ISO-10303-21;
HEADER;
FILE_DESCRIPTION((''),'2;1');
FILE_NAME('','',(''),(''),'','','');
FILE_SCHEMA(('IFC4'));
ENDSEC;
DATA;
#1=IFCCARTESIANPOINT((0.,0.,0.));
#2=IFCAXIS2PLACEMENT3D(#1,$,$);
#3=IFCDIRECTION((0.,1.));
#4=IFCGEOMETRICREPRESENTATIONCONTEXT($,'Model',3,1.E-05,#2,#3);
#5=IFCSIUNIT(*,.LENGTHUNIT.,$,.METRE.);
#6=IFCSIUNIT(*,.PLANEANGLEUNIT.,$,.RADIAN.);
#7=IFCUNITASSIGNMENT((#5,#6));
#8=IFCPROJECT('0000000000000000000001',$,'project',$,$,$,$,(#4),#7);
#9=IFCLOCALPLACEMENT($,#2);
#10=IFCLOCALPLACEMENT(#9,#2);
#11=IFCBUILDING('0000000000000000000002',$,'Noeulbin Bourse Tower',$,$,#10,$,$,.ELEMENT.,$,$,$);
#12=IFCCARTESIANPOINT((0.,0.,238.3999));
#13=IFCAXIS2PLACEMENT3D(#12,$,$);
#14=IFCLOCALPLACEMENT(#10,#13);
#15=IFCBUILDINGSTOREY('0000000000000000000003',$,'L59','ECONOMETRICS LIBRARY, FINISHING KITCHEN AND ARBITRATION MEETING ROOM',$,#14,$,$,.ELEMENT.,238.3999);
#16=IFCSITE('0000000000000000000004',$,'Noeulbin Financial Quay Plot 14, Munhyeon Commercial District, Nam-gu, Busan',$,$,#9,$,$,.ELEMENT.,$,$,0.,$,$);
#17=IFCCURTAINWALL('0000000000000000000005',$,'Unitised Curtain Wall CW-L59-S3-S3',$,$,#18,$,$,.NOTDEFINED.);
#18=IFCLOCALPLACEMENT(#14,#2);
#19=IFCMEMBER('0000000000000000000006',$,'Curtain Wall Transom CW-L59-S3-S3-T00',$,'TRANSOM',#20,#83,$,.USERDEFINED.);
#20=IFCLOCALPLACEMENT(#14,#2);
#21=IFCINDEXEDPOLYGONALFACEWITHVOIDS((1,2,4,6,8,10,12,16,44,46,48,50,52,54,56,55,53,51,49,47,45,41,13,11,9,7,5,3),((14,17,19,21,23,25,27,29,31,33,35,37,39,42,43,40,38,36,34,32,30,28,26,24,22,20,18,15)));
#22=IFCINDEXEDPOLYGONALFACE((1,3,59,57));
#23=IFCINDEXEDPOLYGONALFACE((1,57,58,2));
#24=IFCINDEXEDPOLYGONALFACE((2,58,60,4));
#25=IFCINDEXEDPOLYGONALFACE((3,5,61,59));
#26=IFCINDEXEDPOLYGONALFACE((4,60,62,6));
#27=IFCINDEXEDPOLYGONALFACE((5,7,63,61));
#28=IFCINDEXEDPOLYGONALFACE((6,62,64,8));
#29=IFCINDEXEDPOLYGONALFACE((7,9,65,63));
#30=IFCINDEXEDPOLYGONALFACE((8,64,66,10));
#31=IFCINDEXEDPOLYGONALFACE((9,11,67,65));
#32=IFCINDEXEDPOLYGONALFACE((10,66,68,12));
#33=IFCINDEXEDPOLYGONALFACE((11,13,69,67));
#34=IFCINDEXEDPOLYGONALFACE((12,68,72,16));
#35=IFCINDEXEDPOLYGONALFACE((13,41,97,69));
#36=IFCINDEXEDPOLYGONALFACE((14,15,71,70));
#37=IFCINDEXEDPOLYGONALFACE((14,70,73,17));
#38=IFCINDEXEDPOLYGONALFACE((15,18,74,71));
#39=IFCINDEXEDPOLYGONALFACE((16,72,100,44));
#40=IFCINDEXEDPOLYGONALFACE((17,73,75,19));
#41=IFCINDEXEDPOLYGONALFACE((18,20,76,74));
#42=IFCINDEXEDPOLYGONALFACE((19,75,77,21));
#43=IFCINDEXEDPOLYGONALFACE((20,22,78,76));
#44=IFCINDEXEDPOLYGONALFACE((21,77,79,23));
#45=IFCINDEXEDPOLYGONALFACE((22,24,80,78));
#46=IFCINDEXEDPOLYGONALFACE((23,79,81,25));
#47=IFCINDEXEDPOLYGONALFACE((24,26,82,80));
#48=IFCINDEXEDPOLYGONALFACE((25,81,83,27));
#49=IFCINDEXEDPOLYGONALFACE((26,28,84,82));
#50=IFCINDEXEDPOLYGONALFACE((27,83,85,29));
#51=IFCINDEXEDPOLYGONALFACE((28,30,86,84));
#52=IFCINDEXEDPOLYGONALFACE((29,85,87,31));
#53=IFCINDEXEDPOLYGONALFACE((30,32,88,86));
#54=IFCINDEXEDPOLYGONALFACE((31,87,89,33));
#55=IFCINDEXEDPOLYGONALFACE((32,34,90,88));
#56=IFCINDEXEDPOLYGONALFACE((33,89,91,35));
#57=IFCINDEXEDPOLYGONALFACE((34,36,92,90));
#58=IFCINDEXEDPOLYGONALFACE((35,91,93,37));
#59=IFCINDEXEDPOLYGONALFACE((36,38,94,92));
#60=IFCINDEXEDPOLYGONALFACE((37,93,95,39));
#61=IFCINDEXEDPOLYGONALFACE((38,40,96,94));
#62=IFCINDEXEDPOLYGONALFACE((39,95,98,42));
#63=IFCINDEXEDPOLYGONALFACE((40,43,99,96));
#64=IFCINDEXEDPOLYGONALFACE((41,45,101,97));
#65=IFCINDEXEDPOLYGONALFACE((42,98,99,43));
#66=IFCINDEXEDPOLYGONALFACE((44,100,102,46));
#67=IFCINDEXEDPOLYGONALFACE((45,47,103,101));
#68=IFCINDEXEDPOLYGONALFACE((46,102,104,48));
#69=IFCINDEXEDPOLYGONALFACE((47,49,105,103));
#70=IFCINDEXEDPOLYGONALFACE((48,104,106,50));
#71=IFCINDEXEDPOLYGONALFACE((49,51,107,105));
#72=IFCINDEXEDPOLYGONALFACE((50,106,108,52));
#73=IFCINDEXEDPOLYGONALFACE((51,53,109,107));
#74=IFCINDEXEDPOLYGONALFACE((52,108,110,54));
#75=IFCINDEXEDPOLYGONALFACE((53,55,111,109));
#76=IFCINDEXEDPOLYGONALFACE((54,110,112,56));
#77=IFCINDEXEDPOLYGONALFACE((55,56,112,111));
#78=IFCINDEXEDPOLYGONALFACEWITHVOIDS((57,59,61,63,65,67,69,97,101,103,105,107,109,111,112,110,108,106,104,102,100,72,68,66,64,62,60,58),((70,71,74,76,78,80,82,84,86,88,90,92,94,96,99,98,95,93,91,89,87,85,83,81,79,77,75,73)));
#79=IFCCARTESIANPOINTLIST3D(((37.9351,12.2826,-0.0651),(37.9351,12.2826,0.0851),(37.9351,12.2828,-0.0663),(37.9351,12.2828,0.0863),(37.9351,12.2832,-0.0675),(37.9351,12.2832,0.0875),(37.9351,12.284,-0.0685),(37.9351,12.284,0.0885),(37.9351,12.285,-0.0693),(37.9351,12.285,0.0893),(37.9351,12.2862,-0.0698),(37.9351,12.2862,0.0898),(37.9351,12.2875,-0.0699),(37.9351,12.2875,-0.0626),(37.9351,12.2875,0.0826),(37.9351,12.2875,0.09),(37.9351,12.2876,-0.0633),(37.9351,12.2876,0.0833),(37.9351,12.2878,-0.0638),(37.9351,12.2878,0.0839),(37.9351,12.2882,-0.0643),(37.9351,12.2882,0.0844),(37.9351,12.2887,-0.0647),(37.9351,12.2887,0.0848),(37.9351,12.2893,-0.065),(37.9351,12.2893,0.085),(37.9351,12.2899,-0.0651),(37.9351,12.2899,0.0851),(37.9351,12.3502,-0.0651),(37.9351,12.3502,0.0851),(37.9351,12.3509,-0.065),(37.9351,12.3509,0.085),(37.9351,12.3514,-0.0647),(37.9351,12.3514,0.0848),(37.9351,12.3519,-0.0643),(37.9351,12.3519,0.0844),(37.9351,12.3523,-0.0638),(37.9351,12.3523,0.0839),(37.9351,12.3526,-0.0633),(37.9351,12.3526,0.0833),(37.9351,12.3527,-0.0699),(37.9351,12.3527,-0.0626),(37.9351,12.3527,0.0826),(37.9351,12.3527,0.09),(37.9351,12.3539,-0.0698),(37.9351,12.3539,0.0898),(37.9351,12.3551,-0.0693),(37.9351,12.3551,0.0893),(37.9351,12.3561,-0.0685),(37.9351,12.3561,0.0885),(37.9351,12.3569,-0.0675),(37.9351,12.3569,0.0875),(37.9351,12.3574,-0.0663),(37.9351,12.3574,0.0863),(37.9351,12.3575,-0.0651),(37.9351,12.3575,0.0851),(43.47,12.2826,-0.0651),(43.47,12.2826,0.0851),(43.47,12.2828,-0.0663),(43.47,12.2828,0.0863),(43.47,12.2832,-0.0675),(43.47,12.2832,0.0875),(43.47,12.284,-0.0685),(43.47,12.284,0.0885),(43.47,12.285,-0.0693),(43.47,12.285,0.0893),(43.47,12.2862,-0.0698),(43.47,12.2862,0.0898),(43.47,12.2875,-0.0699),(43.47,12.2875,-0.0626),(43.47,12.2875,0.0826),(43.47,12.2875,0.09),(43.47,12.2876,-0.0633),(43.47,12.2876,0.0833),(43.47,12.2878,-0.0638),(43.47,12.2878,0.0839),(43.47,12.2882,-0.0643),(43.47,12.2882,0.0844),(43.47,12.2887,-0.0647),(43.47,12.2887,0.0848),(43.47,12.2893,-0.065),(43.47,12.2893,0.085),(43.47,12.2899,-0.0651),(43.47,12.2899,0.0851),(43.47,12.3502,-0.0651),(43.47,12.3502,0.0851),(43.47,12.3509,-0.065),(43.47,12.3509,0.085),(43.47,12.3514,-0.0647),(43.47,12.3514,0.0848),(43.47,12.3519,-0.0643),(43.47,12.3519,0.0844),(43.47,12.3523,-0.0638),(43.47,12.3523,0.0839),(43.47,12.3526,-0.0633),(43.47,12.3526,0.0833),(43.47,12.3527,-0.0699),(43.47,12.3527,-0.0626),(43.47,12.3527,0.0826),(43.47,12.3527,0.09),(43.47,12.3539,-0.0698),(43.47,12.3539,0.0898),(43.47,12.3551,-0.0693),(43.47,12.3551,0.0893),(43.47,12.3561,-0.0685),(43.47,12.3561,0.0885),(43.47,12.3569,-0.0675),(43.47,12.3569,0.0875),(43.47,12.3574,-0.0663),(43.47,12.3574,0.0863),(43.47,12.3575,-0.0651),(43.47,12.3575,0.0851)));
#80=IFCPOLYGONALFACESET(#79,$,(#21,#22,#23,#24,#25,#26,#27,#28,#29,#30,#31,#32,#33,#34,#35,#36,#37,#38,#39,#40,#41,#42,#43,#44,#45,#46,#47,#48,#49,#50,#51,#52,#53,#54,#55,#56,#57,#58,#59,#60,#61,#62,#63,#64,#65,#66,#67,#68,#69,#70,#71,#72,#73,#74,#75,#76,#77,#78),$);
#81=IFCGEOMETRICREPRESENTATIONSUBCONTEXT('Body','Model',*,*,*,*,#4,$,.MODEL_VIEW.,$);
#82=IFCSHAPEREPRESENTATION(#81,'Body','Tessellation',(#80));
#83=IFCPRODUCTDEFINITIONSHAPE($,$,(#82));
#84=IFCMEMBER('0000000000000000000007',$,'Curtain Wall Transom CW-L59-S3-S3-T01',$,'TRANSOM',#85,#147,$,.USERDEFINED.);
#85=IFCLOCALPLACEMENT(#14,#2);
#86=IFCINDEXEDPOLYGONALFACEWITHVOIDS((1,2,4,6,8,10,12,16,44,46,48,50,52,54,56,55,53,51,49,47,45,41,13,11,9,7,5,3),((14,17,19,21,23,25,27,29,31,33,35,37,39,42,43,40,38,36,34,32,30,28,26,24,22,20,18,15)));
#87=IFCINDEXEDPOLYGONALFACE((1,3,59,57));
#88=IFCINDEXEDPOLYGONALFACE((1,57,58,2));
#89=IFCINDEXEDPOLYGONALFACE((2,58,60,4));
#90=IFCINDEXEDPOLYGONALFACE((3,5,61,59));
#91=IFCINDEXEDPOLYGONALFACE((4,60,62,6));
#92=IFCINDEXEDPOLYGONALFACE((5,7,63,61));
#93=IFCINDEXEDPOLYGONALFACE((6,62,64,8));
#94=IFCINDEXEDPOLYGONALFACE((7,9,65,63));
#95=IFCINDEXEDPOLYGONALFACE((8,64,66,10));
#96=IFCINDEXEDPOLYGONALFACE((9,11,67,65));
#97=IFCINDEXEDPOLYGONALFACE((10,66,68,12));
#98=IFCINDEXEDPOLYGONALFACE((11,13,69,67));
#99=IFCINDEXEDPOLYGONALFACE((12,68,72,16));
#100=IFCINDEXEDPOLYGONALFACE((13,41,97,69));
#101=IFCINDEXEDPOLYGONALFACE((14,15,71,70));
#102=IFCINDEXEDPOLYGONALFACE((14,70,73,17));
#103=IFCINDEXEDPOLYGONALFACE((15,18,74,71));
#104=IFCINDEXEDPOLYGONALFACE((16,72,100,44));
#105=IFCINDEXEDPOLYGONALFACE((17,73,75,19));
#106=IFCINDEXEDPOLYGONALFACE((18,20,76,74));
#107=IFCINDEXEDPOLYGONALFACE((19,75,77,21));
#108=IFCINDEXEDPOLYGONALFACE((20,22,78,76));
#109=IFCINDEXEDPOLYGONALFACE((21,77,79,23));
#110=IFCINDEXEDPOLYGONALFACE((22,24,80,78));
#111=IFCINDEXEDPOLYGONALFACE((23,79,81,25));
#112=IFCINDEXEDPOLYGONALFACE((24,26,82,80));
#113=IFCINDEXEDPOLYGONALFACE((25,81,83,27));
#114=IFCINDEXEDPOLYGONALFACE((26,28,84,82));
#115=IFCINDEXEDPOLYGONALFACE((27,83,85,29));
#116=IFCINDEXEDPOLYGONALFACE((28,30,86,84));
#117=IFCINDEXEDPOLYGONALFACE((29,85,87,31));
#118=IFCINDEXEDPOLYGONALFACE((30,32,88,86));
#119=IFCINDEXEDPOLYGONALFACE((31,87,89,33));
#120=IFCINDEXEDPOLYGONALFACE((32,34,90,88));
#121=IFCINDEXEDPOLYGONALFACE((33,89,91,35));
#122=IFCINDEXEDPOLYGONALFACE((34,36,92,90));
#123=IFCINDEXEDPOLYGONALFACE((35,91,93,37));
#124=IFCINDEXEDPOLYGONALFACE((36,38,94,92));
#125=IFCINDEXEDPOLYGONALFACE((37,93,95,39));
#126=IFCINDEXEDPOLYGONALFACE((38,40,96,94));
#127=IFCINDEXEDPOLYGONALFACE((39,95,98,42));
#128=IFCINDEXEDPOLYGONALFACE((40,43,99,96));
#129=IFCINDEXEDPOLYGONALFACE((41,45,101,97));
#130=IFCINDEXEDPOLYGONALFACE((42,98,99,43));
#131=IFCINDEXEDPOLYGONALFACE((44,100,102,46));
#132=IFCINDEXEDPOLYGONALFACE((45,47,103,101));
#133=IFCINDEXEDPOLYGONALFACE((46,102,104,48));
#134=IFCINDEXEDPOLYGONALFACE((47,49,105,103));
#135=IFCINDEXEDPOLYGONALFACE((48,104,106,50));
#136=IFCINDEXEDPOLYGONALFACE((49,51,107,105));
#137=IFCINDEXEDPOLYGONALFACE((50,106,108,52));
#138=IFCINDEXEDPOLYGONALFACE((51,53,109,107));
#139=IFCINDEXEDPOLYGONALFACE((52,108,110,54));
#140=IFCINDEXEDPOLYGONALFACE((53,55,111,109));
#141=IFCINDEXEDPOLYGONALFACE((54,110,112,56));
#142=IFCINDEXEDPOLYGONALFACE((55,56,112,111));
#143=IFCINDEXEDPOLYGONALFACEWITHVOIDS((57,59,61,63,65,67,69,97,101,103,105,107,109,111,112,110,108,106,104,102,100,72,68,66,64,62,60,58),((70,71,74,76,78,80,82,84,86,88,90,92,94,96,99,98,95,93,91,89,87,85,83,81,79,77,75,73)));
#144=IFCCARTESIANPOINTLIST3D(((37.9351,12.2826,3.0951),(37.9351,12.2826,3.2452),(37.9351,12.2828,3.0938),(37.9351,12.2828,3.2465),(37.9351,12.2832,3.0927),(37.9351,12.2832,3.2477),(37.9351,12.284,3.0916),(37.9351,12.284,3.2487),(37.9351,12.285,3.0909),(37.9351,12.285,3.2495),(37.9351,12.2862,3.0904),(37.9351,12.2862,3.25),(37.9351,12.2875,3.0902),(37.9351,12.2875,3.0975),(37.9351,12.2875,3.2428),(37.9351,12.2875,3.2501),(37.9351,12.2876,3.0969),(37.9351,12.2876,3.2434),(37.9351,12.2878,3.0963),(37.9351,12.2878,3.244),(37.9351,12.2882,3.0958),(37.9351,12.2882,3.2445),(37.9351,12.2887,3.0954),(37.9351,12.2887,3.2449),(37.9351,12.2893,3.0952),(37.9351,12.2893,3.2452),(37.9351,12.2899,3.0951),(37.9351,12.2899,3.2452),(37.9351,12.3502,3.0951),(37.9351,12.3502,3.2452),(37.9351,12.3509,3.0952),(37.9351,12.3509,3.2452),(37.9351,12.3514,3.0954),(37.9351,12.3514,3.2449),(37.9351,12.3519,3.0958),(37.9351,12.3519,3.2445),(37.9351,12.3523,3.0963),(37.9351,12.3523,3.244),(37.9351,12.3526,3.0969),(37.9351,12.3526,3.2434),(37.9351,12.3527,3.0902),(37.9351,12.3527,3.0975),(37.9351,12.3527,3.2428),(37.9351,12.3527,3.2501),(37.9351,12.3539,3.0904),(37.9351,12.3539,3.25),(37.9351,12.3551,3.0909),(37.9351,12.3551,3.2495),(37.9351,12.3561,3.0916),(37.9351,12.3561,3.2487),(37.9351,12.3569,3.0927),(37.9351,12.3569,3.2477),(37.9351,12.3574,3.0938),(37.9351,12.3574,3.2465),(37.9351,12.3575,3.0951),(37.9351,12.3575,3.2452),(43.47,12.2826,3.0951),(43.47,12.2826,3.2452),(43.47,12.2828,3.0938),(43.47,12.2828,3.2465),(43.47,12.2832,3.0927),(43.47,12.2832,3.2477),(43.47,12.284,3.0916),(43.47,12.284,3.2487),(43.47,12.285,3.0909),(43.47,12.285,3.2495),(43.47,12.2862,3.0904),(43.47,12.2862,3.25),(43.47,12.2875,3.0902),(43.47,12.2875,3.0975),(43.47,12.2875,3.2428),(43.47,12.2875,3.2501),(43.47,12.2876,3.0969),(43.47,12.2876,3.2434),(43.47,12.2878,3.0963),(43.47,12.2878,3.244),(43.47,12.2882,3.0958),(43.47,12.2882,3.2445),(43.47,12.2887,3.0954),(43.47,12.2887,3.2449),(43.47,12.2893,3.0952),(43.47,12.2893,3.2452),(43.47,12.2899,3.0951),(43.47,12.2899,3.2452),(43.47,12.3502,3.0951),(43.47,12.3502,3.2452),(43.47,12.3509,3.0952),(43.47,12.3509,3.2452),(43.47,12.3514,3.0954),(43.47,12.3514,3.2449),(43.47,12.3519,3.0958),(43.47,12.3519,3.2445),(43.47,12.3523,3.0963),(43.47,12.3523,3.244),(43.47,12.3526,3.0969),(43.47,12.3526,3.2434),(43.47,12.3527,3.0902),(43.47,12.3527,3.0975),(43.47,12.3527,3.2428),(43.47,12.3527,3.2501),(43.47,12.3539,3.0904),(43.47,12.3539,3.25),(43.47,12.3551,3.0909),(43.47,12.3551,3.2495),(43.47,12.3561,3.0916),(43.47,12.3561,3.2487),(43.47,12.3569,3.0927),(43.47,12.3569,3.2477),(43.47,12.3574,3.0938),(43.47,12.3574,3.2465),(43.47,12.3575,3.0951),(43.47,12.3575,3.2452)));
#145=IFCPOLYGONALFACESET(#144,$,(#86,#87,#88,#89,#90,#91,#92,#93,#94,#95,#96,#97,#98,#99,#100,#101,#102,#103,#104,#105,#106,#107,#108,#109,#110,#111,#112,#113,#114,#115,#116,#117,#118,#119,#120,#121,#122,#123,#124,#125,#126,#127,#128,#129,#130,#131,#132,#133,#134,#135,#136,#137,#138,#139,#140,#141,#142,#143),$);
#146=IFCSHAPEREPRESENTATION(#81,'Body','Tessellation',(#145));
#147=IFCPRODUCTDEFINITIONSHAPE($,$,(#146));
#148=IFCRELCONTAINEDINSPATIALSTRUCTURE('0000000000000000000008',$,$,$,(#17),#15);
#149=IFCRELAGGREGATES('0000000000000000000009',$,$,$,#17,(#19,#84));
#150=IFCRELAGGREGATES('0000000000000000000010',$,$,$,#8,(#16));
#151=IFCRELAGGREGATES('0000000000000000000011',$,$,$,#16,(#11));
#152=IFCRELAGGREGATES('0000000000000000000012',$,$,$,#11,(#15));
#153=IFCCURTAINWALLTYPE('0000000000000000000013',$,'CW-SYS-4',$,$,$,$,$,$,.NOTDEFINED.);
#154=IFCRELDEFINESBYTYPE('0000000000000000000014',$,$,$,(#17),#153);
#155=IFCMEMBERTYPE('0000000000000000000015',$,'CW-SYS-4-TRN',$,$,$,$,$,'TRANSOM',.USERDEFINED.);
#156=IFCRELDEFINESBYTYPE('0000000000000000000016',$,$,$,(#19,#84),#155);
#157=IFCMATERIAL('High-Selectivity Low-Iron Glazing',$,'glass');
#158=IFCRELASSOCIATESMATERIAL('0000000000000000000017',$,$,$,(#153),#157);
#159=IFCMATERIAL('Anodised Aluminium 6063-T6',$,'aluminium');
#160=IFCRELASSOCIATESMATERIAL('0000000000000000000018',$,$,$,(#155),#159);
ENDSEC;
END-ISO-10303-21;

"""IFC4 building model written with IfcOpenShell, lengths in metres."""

from ifc_helpers import new_model, si_unit, direction, frame, origin, origin_2d, place, context, subcontext, project, spatial, hollow_rectangle, extrude, material, material_profile, profile_set, type_object, element, aggregate, save


model = new_model("IFC4")

# Units and contexts
model_context = context("Model", 3, precision=1e-05, world=origin(), true_north=direction((0.0, 1.0)))
body_context = subcontext(model_context, "Body", "Model", "MODEL_VIEW")
ifc_project = project(units=[si_unit("LENGTHUNIT", "METRE"), si_unit("PLANEANGLEUNIT", "RADIAN")], contexts=[model_context])

# Site, building, storey
site_placement = place(None, origin())
site = spatial("IfcSite", under=ifc_project, at=site_placement, Name="Noeulbin Financial Quay Plot 14, Munhyeon Commercial District, Nam-gu, Busan", CompositionType="ELEMENT", RefElevation=0.0)
building_placement = place(site_placement, origin())
building = spatial("IfcBuilding", under=site, at=building_placement, Name="Noeulbin Bourse Tower", CompositionType="ELEMENT")
storey_placement = place(building_placement, frame((0.0, 0.0, 238.3999)))
storey = spatial("IfcBuildingStorey", under=building, at=storey_placement, Name="L59", Description="ECONOMETRICS LIBRARY, FINISHING KITCHEN AND ARBITRATION MEETING ROOM", CompositionType="ELEMENT", Elevation=238.3999)

# Curtain wall
ifc_material_1 = material(Name="High-Selectivity Low-Iron Glazing", Category="glass")
curtain_wall_type = type_object("IfcCurtainWallType", Name="CW-SYS-4", PredefinedType="NOTDEFINED", material=ifc_material_1)
ifc_material_2 = material(Name="Anodised Aluminium 6063-T6", Category="aluminium")
curtain_wall_1_placement = place(storey_placement, origin())
curtain_wall_1 = element("IfcCurtainWall", 1, at=curtain_wall_1_placement, inside=storey, type_object=curtain_wall_type, Name="Unitised Curtain Wall CW-L59-S3-S3", PredefinedType="NOTDEFINED")

# Members
ifc_material_profile_1 = material_profile(ifc_material_2, hollow_rectangle(XDim=0.075, YDim=0.1599, WallThickness=0.0049, InnerFilletRadius=0.0024, OuterFilletRadius=0.0049, at=origin_2d()), Name="ALU-TRAN-75x160x5", Category="LoadBearing")
ifc_profile_set_1 = profile_set([ifc_material_profile_1], Name="Anodised Aluminium 6063-T6")
member_type_1 = type_object("IfcMemberType", Name="CW-SYS-4-TRN", ElementType="TRANSOM", PredefinedType="USERDEFINED", material=ifc_profile_set_1)
member_1_placement = place(storey_placement, frame((37.9351, 12.3201, 0.01), z_axis=(1.0, 0.0, 0.0), x_axis=(0.0, 1.0, 0.0)))
member_1 = element("IfcMember", 2, at=member_1_placement, type_object=member_type_1, Name="Curtain Wall Transom CW-L59-S3-S3-T00", ObjectType="TRANSOM", PredefinedType="USERDEFINED", context=body_context, shape_type="SweptSolid", body=[
    extrude(hollow_rectangle(XDim=0.075, YDim=0.1599, WallThickness=0.0049, InnerFilletRadius=0.0024, OuterFilletRadius=0.0049, at=origin_2d()), origin(), (0.0, 0.0, 1.0), 5.5349),
])
member_2_placement = place(storey_placement, frame((37.9351, 12.3201, 3.1702), z_axis=(1.0, 0.0, 0.0), x_axis=(0.0, 1.0, 0.0)))
member_2 = element("IfcMember", 3, at=member_2_placement, type_object=member_type_1, Name="Curtain Wall Transom CW-L59-S3-S3-T01", ObjectType="TRANSOM", PredefinedType="USERDEFINED", context=body_context, shape_type="SweptSolid", body=[
    extrude(hollow_rectangle(XDim=0.075, YDim=0.1599, WallThickness=0.0049, InnerFilletRadius=0.0024, OuterFilletRadius=0.0049, at=origin_2d()), origin(), (0.0, 0.0, 1.0), 5.5349),
])

aggregate(curtain_wall_1, [member_1, member_2])

save(model, "model.ifc")
